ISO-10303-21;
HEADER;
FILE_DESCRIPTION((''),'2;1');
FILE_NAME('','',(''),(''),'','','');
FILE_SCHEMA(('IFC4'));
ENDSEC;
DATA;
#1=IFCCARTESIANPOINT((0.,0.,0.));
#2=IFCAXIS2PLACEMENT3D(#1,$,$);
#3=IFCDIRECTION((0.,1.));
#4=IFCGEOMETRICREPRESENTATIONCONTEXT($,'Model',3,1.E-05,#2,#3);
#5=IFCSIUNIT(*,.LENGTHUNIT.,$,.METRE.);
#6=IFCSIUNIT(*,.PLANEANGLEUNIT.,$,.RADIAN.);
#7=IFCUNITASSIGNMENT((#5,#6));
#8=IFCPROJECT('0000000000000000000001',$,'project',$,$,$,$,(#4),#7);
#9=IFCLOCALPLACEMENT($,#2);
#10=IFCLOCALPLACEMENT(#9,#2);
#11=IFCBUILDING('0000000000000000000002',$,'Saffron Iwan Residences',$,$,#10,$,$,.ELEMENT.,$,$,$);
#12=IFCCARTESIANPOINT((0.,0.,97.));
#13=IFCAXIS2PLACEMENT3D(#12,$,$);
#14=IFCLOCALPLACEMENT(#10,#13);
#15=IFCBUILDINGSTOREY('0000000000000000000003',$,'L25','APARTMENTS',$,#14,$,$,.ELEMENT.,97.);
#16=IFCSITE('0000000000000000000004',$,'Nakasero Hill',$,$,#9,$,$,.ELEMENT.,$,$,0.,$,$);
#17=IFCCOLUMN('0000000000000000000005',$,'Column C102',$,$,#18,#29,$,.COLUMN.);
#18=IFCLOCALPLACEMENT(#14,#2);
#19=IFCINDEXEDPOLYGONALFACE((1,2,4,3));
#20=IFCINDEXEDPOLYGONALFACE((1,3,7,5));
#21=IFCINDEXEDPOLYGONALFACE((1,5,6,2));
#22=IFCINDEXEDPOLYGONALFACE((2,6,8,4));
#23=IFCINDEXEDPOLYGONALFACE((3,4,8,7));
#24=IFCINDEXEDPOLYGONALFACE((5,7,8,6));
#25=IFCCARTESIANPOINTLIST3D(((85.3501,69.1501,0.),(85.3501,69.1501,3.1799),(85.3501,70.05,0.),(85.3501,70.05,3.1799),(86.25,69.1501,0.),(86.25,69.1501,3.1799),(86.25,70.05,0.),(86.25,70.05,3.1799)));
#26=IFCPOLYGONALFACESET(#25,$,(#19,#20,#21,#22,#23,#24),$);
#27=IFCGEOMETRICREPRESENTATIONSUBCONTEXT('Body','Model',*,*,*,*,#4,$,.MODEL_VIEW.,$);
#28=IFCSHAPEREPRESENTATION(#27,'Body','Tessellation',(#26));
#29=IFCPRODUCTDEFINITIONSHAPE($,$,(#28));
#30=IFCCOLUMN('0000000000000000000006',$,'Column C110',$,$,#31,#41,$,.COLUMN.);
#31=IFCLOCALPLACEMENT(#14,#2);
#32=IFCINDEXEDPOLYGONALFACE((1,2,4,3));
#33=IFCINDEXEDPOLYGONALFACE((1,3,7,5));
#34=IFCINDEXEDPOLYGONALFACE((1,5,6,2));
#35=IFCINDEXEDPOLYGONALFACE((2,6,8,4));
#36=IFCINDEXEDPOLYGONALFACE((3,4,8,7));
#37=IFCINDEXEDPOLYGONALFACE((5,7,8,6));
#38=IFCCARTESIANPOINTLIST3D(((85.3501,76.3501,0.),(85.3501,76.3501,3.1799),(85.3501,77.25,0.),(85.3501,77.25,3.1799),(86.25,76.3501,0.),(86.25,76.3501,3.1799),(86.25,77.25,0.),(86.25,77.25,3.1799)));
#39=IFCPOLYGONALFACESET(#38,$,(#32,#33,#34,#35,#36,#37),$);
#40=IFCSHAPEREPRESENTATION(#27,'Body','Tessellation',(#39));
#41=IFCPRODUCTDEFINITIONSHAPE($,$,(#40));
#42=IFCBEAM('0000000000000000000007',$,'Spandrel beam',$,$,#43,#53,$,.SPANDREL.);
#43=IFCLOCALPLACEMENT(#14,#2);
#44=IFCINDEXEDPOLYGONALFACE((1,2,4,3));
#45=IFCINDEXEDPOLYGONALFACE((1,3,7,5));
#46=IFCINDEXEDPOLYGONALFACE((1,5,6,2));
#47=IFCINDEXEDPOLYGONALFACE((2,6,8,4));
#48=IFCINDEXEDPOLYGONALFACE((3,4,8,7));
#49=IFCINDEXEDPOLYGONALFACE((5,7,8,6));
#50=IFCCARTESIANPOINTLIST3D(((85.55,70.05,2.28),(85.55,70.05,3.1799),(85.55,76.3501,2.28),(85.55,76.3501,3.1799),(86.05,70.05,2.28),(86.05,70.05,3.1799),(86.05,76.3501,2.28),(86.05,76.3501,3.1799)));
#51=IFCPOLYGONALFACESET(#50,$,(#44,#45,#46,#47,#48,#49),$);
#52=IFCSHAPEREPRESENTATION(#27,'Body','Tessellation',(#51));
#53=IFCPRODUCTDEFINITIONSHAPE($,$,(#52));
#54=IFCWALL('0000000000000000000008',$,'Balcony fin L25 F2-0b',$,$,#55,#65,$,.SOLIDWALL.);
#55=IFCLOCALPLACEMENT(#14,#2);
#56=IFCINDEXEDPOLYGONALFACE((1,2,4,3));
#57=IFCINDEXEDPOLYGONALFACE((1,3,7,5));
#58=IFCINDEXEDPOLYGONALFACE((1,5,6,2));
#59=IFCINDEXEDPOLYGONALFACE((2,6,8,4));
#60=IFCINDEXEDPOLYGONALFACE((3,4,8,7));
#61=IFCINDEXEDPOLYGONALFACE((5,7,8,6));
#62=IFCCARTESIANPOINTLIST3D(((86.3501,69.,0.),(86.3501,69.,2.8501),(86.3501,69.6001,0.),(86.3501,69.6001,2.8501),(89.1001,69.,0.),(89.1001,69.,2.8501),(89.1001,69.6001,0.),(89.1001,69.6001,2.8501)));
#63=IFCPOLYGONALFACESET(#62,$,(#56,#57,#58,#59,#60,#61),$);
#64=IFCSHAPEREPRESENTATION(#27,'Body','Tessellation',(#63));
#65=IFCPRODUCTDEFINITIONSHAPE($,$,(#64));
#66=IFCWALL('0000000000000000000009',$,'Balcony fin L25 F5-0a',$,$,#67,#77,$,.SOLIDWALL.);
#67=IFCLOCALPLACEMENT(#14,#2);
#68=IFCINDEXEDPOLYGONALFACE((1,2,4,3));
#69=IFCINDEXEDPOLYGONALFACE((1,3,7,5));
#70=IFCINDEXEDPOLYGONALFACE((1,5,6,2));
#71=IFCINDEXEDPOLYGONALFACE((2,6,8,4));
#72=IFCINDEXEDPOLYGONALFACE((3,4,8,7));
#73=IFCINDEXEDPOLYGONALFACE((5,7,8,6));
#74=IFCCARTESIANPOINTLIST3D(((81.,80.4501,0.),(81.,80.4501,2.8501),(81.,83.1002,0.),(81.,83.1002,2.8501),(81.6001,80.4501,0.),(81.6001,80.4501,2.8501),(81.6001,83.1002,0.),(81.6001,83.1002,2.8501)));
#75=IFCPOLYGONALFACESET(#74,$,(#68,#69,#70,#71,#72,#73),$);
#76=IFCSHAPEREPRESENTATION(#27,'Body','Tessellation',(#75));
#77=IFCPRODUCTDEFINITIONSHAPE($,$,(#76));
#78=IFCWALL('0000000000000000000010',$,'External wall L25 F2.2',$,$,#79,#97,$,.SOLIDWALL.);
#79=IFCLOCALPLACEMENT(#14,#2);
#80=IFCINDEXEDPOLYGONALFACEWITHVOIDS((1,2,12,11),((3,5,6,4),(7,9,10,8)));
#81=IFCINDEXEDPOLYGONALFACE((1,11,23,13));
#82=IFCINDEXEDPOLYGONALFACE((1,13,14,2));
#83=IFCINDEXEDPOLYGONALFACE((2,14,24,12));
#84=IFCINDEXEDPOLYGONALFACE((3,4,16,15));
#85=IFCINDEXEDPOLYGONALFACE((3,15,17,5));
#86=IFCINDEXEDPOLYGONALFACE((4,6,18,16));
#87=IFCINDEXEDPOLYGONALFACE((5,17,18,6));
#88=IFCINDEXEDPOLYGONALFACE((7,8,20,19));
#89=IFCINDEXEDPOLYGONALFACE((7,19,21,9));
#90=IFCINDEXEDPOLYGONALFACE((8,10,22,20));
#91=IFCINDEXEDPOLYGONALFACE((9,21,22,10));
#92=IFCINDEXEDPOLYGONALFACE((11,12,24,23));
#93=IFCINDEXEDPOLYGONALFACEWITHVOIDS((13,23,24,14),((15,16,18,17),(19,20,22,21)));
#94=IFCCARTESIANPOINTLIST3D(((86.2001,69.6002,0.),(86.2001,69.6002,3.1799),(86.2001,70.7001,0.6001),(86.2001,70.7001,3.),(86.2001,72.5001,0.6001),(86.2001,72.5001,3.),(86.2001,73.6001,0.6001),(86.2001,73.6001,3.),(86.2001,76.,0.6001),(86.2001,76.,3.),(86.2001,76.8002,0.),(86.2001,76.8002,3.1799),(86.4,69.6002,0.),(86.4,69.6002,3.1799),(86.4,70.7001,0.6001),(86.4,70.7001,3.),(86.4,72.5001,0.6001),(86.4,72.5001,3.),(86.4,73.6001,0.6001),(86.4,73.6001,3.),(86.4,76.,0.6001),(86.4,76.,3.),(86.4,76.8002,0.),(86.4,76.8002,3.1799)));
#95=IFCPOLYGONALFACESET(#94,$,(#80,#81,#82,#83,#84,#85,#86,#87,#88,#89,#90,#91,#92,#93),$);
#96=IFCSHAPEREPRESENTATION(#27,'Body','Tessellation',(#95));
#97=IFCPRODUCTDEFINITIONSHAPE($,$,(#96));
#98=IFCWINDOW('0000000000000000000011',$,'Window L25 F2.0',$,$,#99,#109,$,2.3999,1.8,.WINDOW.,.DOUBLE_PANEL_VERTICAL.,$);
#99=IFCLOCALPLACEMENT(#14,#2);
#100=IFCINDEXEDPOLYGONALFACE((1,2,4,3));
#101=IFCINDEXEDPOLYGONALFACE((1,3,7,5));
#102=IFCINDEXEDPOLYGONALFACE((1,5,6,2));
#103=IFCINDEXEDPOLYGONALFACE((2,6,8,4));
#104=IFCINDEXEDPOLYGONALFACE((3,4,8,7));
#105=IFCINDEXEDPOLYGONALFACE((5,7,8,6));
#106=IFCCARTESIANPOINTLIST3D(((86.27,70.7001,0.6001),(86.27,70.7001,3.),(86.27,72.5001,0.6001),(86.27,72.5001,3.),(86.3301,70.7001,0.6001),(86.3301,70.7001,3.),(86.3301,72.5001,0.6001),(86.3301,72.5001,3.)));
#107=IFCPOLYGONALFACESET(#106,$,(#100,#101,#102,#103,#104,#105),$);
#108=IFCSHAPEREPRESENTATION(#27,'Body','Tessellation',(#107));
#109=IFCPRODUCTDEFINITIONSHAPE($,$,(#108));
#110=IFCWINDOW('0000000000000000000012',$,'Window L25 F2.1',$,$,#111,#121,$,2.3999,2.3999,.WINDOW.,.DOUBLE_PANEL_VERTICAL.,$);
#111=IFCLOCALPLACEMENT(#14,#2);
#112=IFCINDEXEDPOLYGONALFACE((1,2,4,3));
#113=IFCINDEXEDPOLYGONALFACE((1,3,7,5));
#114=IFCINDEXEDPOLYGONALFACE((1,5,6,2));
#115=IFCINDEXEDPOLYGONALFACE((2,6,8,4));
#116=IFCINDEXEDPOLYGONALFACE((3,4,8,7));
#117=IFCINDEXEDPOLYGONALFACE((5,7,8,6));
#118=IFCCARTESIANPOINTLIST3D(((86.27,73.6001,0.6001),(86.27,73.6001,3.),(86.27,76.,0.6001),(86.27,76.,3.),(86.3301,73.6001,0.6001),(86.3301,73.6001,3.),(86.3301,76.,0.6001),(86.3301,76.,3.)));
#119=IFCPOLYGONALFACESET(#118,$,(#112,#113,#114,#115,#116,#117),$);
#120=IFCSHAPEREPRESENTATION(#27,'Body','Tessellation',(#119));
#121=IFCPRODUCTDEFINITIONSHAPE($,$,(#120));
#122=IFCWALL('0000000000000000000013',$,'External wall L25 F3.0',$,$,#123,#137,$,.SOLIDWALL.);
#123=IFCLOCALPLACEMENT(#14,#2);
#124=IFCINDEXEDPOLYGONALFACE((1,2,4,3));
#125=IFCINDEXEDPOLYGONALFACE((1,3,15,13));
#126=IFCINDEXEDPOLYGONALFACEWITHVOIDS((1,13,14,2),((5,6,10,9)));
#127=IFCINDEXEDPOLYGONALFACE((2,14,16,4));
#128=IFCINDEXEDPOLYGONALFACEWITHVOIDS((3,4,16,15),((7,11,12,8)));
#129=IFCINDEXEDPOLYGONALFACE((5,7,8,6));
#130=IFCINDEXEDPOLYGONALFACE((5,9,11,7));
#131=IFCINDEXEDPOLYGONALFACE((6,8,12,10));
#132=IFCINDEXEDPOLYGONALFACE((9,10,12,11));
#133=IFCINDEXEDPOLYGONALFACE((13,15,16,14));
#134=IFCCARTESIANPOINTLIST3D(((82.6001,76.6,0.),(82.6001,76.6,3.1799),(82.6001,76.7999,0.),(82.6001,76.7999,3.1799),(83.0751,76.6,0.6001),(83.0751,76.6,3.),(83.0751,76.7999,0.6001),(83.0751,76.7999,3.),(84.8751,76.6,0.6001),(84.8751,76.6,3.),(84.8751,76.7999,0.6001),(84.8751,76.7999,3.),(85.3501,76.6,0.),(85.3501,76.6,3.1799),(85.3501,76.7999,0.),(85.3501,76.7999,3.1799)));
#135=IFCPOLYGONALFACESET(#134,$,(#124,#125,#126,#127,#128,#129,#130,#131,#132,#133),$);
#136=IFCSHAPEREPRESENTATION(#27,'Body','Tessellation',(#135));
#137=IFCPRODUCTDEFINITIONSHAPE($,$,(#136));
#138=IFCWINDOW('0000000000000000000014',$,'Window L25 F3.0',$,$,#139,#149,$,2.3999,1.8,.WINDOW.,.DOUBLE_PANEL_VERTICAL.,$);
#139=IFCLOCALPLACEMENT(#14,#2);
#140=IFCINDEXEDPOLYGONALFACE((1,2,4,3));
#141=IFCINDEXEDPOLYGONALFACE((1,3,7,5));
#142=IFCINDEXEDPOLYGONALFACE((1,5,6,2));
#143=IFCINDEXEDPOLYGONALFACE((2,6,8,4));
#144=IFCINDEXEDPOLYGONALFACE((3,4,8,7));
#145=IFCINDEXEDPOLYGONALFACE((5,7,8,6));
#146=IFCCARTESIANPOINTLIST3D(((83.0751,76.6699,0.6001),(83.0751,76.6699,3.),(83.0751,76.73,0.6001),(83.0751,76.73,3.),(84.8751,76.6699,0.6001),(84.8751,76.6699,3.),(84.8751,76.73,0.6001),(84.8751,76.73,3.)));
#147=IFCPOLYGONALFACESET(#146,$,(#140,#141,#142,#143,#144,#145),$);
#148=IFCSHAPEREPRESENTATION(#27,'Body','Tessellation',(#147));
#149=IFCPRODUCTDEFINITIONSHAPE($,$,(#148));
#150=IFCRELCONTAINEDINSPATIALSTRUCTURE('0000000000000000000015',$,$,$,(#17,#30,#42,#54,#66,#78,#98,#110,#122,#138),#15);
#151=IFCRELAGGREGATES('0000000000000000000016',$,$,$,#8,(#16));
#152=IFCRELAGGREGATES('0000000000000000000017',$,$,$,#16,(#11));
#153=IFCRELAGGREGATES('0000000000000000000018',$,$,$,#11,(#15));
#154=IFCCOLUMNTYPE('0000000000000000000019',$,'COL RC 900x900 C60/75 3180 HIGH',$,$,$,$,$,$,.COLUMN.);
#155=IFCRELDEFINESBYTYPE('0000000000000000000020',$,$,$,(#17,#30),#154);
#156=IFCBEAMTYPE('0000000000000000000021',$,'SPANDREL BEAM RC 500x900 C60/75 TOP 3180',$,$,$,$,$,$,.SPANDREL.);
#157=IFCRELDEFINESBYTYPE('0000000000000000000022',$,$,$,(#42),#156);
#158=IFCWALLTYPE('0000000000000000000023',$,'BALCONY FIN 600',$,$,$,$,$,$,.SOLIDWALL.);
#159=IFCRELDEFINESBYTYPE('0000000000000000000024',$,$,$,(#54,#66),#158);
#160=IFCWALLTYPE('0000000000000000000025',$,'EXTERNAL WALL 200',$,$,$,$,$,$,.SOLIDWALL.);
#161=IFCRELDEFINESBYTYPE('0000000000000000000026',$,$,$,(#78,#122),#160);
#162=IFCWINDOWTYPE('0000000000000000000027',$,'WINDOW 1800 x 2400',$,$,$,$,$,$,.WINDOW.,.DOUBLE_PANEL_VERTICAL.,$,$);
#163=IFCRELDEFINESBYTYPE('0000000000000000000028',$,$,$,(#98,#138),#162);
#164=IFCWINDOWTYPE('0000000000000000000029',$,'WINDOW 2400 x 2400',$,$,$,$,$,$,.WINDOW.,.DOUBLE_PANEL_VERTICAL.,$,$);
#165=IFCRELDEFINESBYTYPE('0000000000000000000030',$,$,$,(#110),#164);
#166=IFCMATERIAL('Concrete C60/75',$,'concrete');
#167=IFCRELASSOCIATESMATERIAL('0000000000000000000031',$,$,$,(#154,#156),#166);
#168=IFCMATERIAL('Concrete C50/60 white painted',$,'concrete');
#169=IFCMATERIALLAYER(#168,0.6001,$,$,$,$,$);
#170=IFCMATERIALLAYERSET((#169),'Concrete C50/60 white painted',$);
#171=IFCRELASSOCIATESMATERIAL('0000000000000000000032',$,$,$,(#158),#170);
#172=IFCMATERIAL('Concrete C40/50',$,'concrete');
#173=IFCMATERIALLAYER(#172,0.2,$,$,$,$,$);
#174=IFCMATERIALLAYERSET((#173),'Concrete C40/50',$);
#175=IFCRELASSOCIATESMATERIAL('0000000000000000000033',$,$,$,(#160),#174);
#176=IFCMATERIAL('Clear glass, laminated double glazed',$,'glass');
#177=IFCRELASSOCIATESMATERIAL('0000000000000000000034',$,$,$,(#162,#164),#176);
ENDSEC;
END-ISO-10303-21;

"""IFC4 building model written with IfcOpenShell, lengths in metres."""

from ifc_helpers import new_model, si_unit, direction, frame, frame_2d, origin, origin_2d, place, context, subcontext, project, spatial, rectangle, extrude, source, transform, mapped, material, layer, layer_set, material_profile, profile_set, type_object, element, fill, save


model = new_model("IFC4")

# Units and contexts
model_context = context("Model", 3, precision=1e-05, world=origin(), true_north=direction((0.0, 1.0)))
body_context = subcontext(model_context, "Body", "Model", "MODEL_VIEW")
ifc_project = project(units=[si_unit("LENGTHUNIT", "METRE"), si_unit("PLANEANGLEUNIT", "RADIAN")], contexts=[model_context])

# Site, building, storey
site_placement = place(None, origin())
site = spatial("IfcSite", under=ifc_project, at=site_placement, Name="Nakasero Hill", CompositionType="ELEMENT", RefElevation=0.0)
building_placement = place(site_placement, origin())
building = spatial("IfcBuilding", under=site, at=building_placement, Name="Saffron Iwan Residences", CompositionType="ELEMENT")
storey_placement = place(building_placement, frame((0.0, 0.0, 97.0)))
storey = spatial("IfcBuildingStorey", under=building, at=storey_placement, Name="L25", Description="APARTMENTS", CompositionType="ELEMENT", Elevation=97.0)

# Columns
ifc_material_1 = material(Name="Concrete C60/75", Category="concrete")
ifc_material_profile_1 = material_profile(ifc_material_1, rectangle(XDim=0.8999, YDim=0.8999, at=origin_2d()), Name="RC 900x900")
ifc_profile_set_1 = profile_set([ifc_material_profile_1], Name="Concrete C60/75")
column_type = type_object("IfcColumnType", Name="COL RC 900x900 C60/75 3180 HIGH", PredefinedType="COLUMN", material=ifc_profile_set_1)
shared_shape_1 = source(origin(), body_context, "Body", "SweptSolid", [
    extrude(rectangle(XDim=0.8999, YDim=0.8999, at=origin_2d()), origin(), (0.0, 0.0, 1.0), 3.1799),
])
for number, where, z_axis, x_axis, name in (
    (1, (85.8, 69.6001, 0.0), (0.0, 0.0, 1.0), (1.0, 0.0, 0.0), "Column C102"),
    (2, (85.8, 76.8, 0.0), (0.0, 0.0, 1.0), (1.0, 0.0, 0.0), "Column C110"),
):
    element("IfcColumn", number, at=place(storey_placement, frame(where, z_axis=z_axis, x_axis=x_axis)), inside=storey, type_object=column_type, Name=name, PredefinedType="COLUMN", context=body_context, shape_type="MappedRepresentation", body=[
        mapped(shared_shape_1, transform((0.0, 0.0, 0.0))),
    ])

# Beam
ifc_material_profile_2 = material_profile(ifc_material_1, rectangle(XDim=0.5, YDim=0.8999, at=origin_2d()), Name="RC 500x900")
ifc_profile_set_2 = profile_set([ifc_material_profile_2], Name="Concrete C60/75")
beam_type = type_object("IfcBeamType", Name="SPANDREL BEAM RC 500x900 C60/75 TOP 3180", PredefinedType="SPANDREL", material=ifc_profile_set_2)
shared_shape_2 = source(origin(), body_context, "Body", "SweptSolid", [
    extrude(rectangle(XDim=0.5, YDim=0.8999, at=origin_2d()), origin(), (0.0, 0.0, 1.0), 6.3),
])
beam_placement = place(storey_placement, frame((85.8, 76.3501, 2.73), z_axis=(0.0, -1.0, 0.0), x_axis=(1.0, 0.0, 0.0)))
element("IfcBeam", 3, at=beam_placement, inside=storey, type_object=beam_type, Name="Spandrel beam", PredefinedType="SPANDREL", context=body_context, shape_type="MappedRepresentation", body=[
    mapped(shared_shape_2, transform((0.0, 0.0, 0.0))),
])

# Walls
ifc_material_2 = material(Name="Concrete C50/60 white painted", Category="concrete")
ifc_layer_1 = layer(ifc_material_2, 0.6001)
ifc_layer_set_1 = layer_set([ifc_layer_1], Name="Concrete C50/60 white painted")
wall_type_1 = type_object("IfcWallType", Name="BALCONY FIN 600", PredefinedType="SOLIDWALL", material=ifc_layer_set_1)
wall_1_placement = place(storey_placement, frame((86.3501, 69.3, 0.0), z_axis=(0.0, 0.0, 1.0), x_axis=(1.0, 0.0, 0.0)))
element("IfcWall", 4, at=wall_1_placement, inside=storey, type_object=wall_type_1, Name="Balcony fin L25 F2-0b", PredefinedType="SOLIDWALL", context=body_context, shape_type="SweptSolid", body=[
    extrude(rectangle(XDim=2.75, YDim=0.6001, at=frame_2d((1.375, 0.0))), origin(), (0.0, 0.0, 1.0), 2.8501),
])
wall_2_placement = place(storey_placement, frame((81.3, 80.45, 0.0), z_axis=(0.0, 0.0, 1.0), x_axis=(0.0, 1.0, 0.0)))
element("IfcWall", 5, at=wall_2_placement, inside=storey, type_object=wall_type_1, Name="Balcony fin L25 F5-0a", PredefinedType="SOLIDWALL", context=body_context, shape_type="SweptSolid", body=[
    extrude(rectangle(XDim=2.6501, YDim=0.6001, at=frame_2d((1.3252, 0.0))), origin(), (0.0, 0.0, 1.0), 2.8501),
])

# Wall, openings, windows
ifc_material_3 = material(Name="Concrete C40/50", Category="concrete")
ifc_layer_2 = layer(ifc_material_3, 0.2)
ifc_layer_set_2 = layer_set([ifc_layer_2], Name="Concrete C40/50")
wall_type_2 = type_object("IfcWallType", Name="EXTERNAL WALL 200", PredefinedType="SOLIDWALL", material=ifc_layer_set_2)
wall_3_placement = place(storey_placement, frame((86.3, 69.6001, 0.0), z_axis=(0.0, 0.0, 1.0), x_axis=(0.0, 1.0, 0.0)))
wall_3 = element("IfcWall", 6, at=wall_3_placement, inside=storey, type_object=wall_type_2, Name="External wall L25 F2.2", PredefinedType="SOLIDWALL", context=body_context, shape_type="SweptSolid", body=[
    extrude(rectangle(XDim=7.2, YDim=0.2, at=frame_2d((3.6001, 0.0))), origin(), (0.0, 0.0, 1.0), 3.1799),
])
opening_1_placement = place(wall_3_placement, frame((1.1001, 0.0, 0.6001)))
opening_1 = element("IfcOpeningElement", 7, at=opening_1_placement, cuts=wall_3, PredefinedType="OPENING", context=body_context, shape_type="SweptSolid", body=[
    extrude(rectangle(XDim=1.8, YDim=2.3999, at=frame_2d((0.8999, 1.2))), frame((0.0, 0.1099, 0.0), z_axis=(0.0, -1.0, 0.0), x_axis=(1.0, 0.0, 0.0)), (0.0, 0.0, 1.0), 0.22),
])
opening_2_placement = place(wall_3_placement, frame((4.0, 0.0, 0.6001)))
opening_2 = element("IfcOpeningElement", 8, at=opening_2_placement, cuts=wall_3, PredefinedType="OPENING", context=body_context, shape_type="SweptSolid", body=[
    extrude(rectangle(XDim=2.3999, YDim=2.3999, at=frame_2d((1.2, 1.2))), frame((0.0, 0.1099, 0.0), z_axis=(0.0, -1.0, 0.0), x_axis=(1.0, 0.0, 0.0)), (0.0, 0.0, 1.0), 0.22),
])
ifc_material_4 = material(Name="Clear glass, laminated double glazed", Category="glass")
window_type_1 = type_object("IfcWindowType", Name="WINDOW 1800 x 2400", PartitioningType="DOUBLE_PANEL_VERTICAL", PredefinedType="WINDOW", material=ifc_material_4)
window_1_placement = place(opening_1_placement, origin())
window_1 = element("IfcWindow", 9, at=window_1_placement, inside=storey, type_object=window_type_1, Name="Window L25 F2.0", OverallHeight=2.3999, OverallWidth=1.8, PartitioningType="DOUBLE_PANEL_VERTICAL", PredefinedType="WINDOW", context=body_context, shape_type="SweptSolid", body=[
    extrude(rectangle(XDim=1.8, YDim=2.3999, at=frame_2d((0.8999, 1.2))), frame((0.0, 0.03, 0.0), z_axis=(0.0, -1.0, 0.0), x_axis=(1.0, 0.0, 0.0)), (0.0, 0.0, 1.0), 0.0601),
])
fill(opening_1, window_1)
window_type_2 = type_object("IfcWindowType", Name="WINDOW 2400 x 2400", PartitioningType="DOUBLE_PANEL_VERTICAL", PredefinedType="WINDOW", material=ifc_material_4)
window_2_placement = place(opening_2_placement, origin())
window_2 = element("IfcWindow", 10, at=window_2_placement, inside=storey, type_object=window_type_2, Name="Window L25 F2.1", OverallHeight=2.3999, OverallWidth=2.3999, PartitioningType="DOUBLE_PANEL_VERTICAL", PredefinedType="WINDOW", context=body_context, shape_type="SweptSolid", body=[
    extrude(rectangle(XDim=2.3999, YDim=2.3999, at=frame_2d((1.2, 1.2))), frame((0.0, 0.03, 0.0), z_axis=(0.0, -1.0, 0.0), x_axis=(1.0, 0.0, 0.0)), (0.0, 0.0, 1.0), 0.0601),
])
fill(opening_2, window_2)

# Wall, opening, window
wall_4_placement = place(storey_placement, frame((85.3501, 76.7, 0.0), z_axis=(0.0, 0.0, 1.0), x_axis=(-1.0, 0.0, 0.0)))
wall_4 = element("IfcWall", 11, at=wall_4_placement, inside=storey, type_object=wall_type_2, Name="External wall L25 F3.0", PredefinedType="SOLIDWALL", context=body_context, shape_type="SweptSolid", body=[
    extrude(rectangle(XDim=2.75, YDim=0.2, at=frame_2d((1.375, 0.0))), origin(), (0.0, 0.0, 1.0), 3.1799),
])
opening_3_placement = place(wall_4_placement, frame((0.4751, 0.0, 0.6001)))
opening_3 = element("IfcOpeningElement", 12, at=opening_3_placement, cuts=wall_4, PredefinedType="OPENING", context=body_context, shape_type="SweptSolid", body=[
    extrude(rectangle(XDim=1.8, YDim=2.3999, at=frame_2d((0.8999, 1.2))), frame((0.0, 0.1099, 0.0), z_axis=(0.0, -1.0, 0.0), x_axis=(1.0, 0.0, 0.0)), (0.0, 0.0, 1.0), 0.22),
])
window_3_placement = place(opening_3_placement, origin())
window_3 = element("IfcWindow", 13, at=window_3_placement, inside=storey, type_object=window_type_1, Name="Window L25 F3.0", OverallHeight=2.3999, OverallWidth=1.8, PartitioningType="DOUBLE_PANEL_VERTICAL", PredefinedType="WINDOW", context=body_context, shape_type="SweptSolid", body=[
    extrude(rectangle(XDim=1.8, YDim=2.3999, at=frame_2d((0.8999, 1.2))), frame((0.0, 0.03, 0.0), z_axis=(0.0, -1.0, 0.0), x_axis=(1.0, 0.0, 0.0)), (0.0, 0.0, 1.0), 0.0601),
])
fill(opening_3, window_3)

save(model, "model.ifc")
